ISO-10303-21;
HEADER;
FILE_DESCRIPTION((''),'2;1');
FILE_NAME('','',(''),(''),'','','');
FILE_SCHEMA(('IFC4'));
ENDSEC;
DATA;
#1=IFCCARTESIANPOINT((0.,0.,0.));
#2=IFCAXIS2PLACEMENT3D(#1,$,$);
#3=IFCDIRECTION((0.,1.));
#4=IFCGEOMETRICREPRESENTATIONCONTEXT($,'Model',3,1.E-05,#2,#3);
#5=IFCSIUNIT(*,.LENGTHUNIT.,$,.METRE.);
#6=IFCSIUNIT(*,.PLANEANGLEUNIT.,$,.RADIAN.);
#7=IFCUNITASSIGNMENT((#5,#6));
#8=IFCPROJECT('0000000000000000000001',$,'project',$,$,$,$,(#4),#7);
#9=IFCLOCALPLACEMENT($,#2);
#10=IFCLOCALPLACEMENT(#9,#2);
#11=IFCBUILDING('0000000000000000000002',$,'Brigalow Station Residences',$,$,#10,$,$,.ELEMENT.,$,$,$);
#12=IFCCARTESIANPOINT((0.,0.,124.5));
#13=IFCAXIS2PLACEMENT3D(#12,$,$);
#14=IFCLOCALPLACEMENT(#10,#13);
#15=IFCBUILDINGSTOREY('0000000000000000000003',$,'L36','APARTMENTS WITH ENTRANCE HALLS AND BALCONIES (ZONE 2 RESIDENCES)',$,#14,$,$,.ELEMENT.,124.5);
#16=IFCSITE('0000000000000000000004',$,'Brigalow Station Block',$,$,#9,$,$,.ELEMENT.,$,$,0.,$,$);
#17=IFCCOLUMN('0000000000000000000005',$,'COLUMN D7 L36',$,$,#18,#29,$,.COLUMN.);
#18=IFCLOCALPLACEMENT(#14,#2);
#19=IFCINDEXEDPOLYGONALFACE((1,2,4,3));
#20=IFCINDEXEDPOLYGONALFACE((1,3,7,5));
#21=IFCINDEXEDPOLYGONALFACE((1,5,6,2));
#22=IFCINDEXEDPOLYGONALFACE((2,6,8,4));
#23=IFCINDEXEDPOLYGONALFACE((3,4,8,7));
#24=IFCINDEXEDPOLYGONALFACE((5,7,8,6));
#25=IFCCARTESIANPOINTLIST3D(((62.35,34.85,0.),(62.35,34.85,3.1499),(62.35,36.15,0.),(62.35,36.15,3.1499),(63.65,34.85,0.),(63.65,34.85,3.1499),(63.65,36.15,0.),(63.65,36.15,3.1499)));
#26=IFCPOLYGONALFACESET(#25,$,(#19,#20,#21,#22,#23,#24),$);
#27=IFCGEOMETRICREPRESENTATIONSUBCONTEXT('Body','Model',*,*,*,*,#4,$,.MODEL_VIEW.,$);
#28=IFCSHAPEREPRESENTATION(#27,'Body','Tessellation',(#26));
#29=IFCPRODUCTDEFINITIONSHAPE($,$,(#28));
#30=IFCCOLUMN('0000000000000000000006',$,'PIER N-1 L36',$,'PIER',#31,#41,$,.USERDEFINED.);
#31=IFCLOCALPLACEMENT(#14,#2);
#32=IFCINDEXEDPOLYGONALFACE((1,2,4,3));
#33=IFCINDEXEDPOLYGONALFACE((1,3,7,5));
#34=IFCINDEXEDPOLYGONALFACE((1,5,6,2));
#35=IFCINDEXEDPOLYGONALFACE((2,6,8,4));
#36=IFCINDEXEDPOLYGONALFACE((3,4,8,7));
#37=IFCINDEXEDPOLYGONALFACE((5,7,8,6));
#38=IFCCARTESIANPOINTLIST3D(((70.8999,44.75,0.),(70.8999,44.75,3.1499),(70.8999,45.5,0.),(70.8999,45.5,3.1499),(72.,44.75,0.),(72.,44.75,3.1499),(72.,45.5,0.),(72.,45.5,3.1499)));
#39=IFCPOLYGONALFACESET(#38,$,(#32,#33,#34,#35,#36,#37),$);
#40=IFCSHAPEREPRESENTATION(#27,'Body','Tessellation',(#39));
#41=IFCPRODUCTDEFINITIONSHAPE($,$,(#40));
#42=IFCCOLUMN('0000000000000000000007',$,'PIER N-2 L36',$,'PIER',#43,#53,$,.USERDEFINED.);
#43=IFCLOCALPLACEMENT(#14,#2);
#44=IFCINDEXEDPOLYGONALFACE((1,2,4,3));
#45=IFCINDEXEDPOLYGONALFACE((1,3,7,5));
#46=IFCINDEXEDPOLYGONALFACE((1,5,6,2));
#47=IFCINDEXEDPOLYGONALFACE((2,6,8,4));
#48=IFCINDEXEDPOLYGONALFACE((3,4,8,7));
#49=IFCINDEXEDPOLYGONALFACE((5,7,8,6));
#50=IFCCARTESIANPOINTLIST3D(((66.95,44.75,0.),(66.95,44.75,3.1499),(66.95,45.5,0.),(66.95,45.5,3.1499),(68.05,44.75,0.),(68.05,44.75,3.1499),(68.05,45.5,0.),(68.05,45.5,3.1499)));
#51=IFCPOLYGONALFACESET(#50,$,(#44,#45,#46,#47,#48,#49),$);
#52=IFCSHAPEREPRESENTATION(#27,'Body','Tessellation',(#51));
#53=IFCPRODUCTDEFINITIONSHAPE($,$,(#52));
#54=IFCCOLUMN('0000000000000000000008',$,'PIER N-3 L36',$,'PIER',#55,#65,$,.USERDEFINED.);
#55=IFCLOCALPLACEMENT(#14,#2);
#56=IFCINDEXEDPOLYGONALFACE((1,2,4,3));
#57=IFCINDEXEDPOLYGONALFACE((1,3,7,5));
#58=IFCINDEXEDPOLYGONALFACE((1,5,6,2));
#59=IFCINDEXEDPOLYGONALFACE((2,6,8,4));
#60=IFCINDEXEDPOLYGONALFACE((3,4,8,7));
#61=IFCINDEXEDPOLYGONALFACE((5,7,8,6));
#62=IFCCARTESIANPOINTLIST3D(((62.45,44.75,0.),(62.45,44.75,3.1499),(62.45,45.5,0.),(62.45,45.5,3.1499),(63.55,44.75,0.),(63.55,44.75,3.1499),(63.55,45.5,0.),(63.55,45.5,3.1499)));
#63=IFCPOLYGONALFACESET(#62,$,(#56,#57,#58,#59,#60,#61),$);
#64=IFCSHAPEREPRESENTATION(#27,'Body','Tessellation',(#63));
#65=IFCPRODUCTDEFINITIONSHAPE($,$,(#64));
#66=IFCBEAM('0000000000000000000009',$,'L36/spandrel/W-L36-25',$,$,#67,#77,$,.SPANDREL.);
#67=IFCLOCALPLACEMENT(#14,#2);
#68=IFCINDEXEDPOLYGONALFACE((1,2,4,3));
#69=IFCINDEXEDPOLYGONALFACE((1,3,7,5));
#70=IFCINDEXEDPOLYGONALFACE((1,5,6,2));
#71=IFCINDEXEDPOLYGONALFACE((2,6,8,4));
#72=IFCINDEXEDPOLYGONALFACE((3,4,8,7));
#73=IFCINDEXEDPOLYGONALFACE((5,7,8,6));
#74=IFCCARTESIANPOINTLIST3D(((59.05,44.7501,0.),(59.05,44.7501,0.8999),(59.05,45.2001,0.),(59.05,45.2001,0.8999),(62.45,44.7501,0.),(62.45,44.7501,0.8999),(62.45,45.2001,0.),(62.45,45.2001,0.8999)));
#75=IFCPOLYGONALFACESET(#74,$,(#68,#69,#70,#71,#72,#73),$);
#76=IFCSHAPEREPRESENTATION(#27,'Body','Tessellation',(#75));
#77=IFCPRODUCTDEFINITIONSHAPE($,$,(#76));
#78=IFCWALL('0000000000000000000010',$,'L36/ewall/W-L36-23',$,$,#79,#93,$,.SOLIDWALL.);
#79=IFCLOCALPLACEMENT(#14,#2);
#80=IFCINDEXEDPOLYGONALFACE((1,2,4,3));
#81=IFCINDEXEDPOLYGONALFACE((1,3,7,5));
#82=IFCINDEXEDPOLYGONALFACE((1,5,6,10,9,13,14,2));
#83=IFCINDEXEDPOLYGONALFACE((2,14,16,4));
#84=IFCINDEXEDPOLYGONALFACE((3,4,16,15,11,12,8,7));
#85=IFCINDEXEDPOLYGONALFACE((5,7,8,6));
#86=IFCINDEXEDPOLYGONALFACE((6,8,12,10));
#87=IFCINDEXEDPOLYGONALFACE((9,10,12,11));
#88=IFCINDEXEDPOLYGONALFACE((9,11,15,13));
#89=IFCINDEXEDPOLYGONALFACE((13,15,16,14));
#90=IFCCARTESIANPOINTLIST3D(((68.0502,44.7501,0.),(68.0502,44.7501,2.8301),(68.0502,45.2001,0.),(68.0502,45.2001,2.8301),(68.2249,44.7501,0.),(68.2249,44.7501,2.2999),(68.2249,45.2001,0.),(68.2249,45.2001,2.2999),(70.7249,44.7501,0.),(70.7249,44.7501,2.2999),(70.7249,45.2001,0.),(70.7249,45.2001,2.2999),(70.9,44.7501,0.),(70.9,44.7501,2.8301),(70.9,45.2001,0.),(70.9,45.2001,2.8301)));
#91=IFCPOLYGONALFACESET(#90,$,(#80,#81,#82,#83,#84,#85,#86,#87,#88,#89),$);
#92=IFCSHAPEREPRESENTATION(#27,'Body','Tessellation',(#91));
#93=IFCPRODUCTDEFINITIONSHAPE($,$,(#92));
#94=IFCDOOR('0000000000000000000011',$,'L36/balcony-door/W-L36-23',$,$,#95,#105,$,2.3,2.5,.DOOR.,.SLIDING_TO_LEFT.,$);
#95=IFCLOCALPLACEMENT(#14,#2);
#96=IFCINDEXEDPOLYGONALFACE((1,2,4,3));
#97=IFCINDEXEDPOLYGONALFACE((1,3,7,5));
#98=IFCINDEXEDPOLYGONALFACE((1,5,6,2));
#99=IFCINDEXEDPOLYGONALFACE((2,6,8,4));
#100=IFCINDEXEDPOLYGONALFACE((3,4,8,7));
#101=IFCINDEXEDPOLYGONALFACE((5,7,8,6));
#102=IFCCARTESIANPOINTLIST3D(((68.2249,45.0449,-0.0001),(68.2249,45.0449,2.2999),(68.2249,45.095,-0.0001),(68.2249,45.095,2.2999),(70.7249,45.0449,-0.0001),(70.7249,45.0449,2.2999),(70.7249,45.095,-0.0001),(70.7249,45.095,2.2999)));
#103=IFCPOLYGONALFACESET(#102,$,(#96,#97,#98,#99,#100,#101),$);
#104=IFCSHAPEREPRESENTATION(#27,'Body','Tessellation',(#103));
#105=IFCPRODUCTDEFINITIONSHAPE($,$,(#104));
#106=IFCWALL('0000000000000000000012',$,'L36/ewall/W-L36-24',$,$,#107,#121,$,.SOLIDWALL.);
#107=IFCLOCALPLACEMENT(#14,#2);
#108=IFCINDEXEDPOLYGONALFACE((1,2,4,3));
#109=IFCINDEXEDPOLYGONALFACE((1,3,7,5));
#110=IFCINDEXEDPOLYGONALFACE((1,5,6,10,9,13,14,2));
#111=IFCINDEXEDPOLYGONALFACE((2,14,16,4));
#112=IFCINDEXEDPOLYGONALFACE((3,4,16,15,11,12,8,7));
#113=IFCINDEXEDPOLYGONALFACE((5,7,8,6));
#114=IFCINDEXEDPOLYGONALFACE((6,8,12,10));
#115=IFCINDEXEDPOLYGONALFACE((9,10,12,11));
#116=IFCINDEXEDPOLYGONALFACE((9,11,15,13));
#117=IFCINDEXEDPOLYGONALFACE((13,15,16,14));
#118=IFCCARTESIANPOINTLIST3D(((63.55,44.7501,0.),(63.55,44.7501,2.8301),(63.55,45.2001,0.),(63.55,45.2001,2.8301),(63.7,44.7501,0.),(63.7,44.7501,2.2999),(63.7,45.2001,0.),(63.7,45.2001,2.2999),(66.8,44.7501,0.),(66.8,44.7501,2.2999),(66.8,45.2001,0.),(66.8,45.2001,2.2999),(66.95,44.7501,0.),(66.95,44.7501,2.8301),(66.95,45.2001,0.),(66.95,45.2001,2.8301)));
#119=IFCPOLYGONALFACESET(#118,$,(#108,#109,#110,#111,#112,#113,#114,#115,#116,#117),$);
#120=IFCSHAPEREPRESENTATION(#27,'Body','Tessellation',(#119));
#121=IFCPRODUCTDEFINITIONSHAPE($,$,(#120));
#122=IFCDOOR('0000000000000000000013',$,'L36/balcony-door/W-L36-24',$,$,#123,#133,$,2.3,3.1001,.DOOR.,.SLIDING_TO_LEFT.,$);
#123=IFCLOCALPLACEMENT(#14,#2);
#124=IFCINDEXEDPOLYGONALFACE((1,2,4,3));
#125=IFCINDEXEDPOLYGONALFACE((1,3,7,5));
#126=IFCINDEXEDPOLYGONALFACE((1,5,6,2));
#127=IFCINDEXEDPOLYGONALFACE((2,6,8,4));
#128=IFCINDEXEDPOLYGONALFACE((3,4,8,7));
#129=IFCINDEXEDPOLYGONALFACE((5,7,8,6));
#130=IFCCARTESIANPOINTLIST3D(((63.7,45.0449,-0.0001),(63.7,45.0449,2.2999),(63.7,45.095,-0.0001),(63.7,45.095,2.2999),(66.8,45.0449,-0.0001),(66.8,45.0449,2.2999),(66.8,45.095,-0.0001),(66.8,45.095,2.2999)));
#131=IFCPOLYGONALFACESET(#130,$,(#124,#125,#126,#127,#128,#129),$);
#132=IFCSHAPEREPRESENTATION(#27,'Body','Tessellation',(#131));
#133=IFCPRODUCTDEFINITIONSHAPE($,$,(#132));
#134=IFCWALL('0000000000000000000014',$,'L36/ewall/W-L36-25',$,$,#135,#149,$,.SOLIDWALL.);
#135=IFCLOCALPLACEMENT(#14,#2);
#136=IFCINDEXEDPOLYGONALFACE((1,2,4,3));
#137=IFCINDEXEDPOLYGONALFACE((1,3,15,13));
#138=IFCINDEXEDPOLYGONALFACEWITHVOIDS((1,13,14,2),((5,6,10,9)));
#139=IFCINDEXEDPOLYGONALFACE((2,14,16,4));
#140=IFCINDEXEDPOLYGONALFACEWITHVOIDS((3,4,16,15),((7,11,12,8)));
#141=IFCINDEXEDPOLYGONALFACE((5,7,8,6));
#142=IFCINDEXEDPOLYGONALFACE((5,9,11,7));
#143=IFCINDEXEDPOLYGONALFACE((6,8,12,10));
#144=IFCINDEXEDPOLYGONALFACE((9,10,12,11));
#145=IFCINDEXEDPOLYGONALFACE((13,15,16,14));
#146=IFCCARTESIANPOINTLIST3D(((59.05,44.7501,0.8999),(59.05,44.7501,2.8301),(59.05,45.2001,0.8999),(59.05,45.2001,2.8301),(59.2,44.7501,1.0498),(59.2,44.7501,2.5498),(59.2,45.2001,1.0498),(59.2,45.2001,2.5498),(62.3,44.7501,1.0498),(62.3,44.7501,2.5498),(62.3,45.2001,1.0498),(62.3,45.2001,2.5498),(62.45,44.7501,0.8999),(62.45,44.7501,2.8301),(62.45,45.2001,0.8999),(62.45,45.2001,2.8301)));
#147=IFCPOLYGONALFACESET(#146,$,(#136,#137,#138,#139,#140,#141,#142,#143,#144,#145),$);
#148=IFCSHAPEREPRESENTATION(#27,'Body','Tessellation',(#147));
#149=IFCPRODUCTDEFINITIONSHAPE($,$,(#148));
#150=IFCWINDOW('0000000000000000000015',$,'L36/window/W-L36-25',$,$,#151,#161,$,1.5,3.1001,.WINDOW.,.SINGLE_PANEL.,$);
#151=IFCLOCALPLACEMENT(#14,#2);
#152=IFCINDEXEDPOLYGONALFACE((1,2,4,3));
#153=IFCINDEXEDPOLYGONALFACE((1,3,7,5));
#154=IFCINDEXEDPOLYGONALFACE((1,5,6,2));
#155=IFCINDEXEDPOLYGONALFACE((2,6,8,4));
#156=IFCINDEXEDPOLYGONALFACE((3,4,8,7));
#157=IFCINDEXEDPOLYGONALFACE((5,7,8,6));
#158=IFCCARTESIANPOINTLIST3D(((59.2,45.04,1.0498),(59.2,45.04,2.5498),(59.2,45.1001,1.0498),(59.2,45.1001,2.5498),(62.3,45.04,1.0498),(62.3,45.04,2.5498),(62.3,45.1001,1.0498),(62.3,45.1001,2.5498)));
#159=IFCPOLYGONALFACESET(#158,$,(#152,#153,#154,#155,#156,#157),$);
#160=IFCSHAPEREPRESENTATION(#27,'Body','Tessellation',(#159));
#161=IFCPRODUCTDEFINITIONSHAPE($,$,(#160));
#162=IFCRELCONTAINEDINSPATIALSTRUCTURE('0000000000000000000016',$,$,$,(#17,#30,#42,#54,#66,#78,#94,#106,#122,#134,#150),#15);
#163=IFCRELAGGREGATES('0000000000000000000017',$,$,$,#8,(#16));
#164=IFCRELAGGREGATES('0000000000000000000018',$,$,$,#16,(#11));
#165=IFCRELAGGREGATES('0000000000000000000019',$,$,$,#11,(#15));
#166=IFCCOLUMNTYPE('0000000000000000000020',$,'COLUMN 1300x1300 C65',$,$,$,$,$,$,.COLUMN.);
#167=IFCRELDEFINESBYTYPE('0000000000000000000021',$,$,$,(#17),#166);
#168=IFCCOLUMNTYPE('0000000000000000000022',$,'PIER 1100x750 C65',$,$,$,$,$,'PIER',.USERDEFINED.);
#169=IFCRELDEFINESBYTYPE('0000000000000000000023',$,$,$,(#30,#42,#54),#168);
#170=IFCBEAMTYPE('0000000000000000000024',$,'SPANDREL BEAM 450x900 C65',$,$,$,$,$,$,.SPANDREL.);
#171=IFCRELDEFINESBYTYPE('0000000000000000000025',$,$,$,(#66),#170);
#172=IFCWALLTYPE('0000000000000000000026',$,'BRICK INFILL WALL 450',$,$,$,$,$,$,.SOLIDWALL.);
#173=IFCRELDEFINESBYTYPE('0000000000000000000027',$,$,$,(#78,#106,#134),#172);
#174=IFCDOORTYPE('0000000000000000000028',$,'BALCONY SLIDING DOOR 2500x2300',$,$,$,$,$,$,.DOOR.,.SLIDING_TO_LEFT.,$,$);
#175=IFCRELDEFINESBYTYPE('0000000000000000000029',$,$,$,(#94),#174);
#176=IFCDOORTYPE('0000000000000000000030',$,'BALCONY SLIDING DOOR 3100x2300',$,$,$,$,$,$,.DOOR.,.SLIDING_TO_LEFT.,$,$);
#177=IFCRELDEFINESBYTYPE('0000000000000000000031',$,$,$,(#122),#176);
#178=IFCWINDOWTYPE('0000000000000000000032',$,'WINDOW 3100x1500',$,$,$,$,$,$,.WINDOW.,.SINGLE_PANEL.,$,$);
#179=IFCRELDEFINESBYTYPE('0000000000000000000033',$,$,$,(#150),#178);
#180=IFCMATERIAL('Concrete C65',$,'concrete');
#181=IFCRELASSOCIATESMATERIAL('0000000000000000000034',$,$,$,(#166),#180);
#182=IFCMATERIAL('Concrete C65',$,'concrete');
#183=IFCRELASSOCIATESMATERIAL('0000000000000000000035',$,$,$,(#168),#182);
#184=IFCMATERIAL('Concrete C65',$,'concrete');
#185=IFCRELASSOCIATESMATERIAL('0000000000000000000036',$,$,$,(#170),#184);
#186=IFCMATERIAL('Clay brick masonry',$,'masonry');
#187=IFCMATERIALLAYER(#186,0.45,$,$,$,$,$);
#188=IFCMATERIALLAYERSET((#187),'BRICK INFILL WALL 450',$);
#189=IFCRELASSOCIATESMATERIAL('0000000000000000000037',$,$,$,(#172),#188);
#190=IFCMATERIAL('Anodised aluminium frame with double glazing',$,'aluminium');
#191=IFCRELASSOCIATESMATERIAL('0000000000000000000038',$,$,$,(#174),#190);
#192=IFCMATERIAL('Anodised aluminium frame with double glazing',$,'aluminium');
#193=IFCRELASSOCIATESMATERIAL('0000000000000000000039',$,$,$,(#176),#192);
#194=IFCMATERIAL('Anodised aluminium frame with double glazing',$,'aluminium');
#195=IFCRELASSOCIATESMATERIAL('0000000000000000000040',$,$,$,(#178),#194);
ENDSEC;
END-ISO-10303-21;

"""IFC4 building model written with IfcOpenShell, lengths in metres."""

from ifc_helpers import new_model, si_unit, direction, frame, frame_2d, origin, origin_2d, place, context, subcontext, project, spatial, rectangle, extrude, material, layer, layer_set, material_profile, profile_set, type_object, element, fill, save


model = new_model("IFC4")

# Units and contexts
model_context = context("Model", 3, precision=1e-05, world=origin(), true_north=direction((0.0, 1.0)))
body_context = subcontext(model_context, "Body", "Model", "MODEL_VIEW")
ifc_project = project(units=[si_unit("LENGTHUNIT", "METRE"), si_unit("PLANEANGLEUNIT", "RADIAN")], contexts=[model_context])

# Site, building, storey
site_placement = place(None, origin())
site = spatial("IfcSite", under=ifc_project, at=site_placement, Name="Brigalow Station Block", CompositionType="ELEMENT", RefElevation=0.0)
building_placement = place(site_placement, origin())
building = spatial("IfcBuilding", under=site, at=building_placement, Name="Brigalow Station Residences", CompositionType="ELEMENT")
storey_placement = place(building_placement, frame((0.0, 0.0, 124.5)))
storey = spatial("IfcBuildingStorey", under=building, at=storey_placement, Name="L36", Description="APARTMENTS WITH ENTRANCE HALLS AND BALCONIES (ZONE 2 RESIDENCES)", CompositionType="ELEMENT", Elevation=124.5)

# Columns
ifc_material_1 = material(Name="Concrete C65", Category="concrete")
ifc_material_profile_1 = material_profile(ifc_material_1, rectangle(XDim=1.3, YDim=1.3, at=origin_2d()), Name="RC1300x1300")
ifc_profile_set_1 = profile_set([ifc_material_profile_1], Name="Concrete C65")
column_type_1 = type_object("IfcColumnType", Name="COLUMN 1300x1300 C65", PredefinedType="COLUMN", material=ifc_profile_set_1)
column_placement = place(storey_placement, frame((63.0, 35.5, 0.0), z_axis=(0.0, 0.0, 1.0), x_axis=(1.0, 0.0, 0.0)))
element("IfcColumn", 1, at=column_placement, inside=storey, type_object=column_type_1, Name="COLUMN D7 L36", PredefinedType="COLUMN", context=body_context, shape_type="SweptSolid", body=[
    extrude(rectangle(XDim=1.3, YDim=1.3, at=origin_2d()), origin(), (0.0, 0.0, 1.0), 3.1499),
])
ifc_material_2 = material(Name="Concrete C65", Category="concrete")
ifc_material_profile_2 = material_profile(ifc_material_2, rectangle(XDim=1.1001, YDim=0.75, at=origin_2d()), Name="RC1100x750")
ifc_profile_set_2 = profile_set([ifc_material_profile_2], Name="Concrete C65")
column_type_2 = type_object("IfcColumnType", Name="PIER 1100x750 C65", ElementType="PIER", PredefinedType="USERDEFINED", material=ifc_profile_set_2)
for number, where, z_axis, x_axis, name in (
    (2, (71.45, 45.125, 0.0), (0.0, 0.0, 1.0), (-1.0, 0.0, 0.0), "PIER N-1 L36"),
    (3, (67.5, 45.125, 0.0), (0.0, 0.0, 1.0), (-1.0, 0.0, 0.0), "PIER N-2 L36"),
    (4, (63.0, 45.125, 0.0), (0.0, 0.0, 1.0), (-1.0, 0.0, 0.0), "PIER N-3 L36"),
):
    element("IfcColumn", number, at=place(storey_placement, frame(where, z_axis=z_axis, x_axis=x_axis)), inside=storey, type_object=column_type_2, Name=name, ObjectType="PIER", PredefinedType="USERDEFINED", context=body_context, shape_type="SweptSolid", body=[
        extrude(rectangle(XDim=1.1001, YDim=0.75, at=origin_2d()), origin(), (0.0, 0.0, 1.0), 3.1499),
    ])

# Beam
ifc_material_3 = material(Name="Concrete C65", Category="concrete")
ifc_material_profile_3 = material_profile(ifc_material_3, rectangle(XDim=0.45, YDim=0.8999, at=origin_2d()), Name="RC450x900")
ifc_profile_set_3 = profile_set([ifc_material_profile_3], Name="Concrete C65")
beam_type = type_object("IfcBeamType", Name="SPANDREL BEAM 450x900 C65", PredefinedType="SPANDREL", material=ifc_profile_set_3)
beam_placement = place(storey_placement, frame((62.45, 44.9751, 0.45), z_axis=(-1.0, 0.0, 0.0), x_axis=(0.0, -1.0, 0.0)))
element("IfcBeam", 5, at=beam_placement, inside=storey, type_object=beam_type, Name="L36/spandrel/W-L36-25", PredefinedType="SPANDREL", context=body_context, shape_type="SweptSolid", body=[
    extrude(rectangle(XDim=0.45, YDim=0.8999, at=origin_2d()), origin(), (0.0, 0.0, 1.0), 3.3999),
])

# Walls, openings, doors
ifc_material_4 = material(Name="Clay brick masonry", Category="masonry")
ifc_layer_1 = layer(ifc_material_4, 0.45)
ifc_layer_set_1 = layer_set([ifc_layer_1], Name="BRICK INFILL WALL 450")
wall_type_1 = type_object("IfcWallType", Name="BRICK INFILL WALL 450", PredefinedType="SOLIDWALL", material=ifc_layer_set_1)
wall_1_placement = place(storey_placement, frame((70.8999, 44.9751, 0.0), z_axis=(0.0, 0.0, 1.0), x_axis=(-1.0, 0.0, 0.0)))
wall_1 = element("IfcWall", 6, at=wall_1_placement, inside=storey, type_object=wall_type_1, Name="L36/ewall/W-L36-23", PredefinedType="SOLIDWALL", context=body_context, shape_type="SweptSolid", body=[
    extrude(rectangle(XDim=2.8499, YDim=0.45, at=frame_2d((1.4248, 0.0))), origin(), (0.0, 0.0, 1.0), 2.8301),
])
opening_1_placement = place(wall_1_placement, frame((0.175, 0.0, 0.0)))
opening_1 = element("IfcOpeningElement", 7, at=opening_1_placement, cuts=wall_1, PredefinedType="OPENING", context=body_context, shape_type="SweptSolid", body=[
    extrude(rectangle(XDim=2.5, YDim=2.3, at=frame_2d((1.25, 1.1499))), frame((0.0, 0.2349, 0.0), z_axis=(0.0, -1.0, 0.0), x_axis=(1.0, 0.0, 0.0)), (0.0, 0.0, 1.0), 0.47),
])
ifc_material_5 = material(Name="Anodised aluminium frame with double glazing", Category="aluminium")
door_type_1 = type_object("IfcDoorType", Name="BALCONY SLIDING DOOR 2500x2300", OperationType="SLIDING_TO_LEFT", PredefinedType="DOOR", material=ifc_material_5)
door_1_placement = place(opening_1_placement, origin())
door_1 = element("IfcDoor", 8, at=door_1_placement, inside=storey, type_object=door_type_1, Name="L36/balcony-door/W-L36-23", OperationType="SLIDING_TO_LEFT", OverallHeight=2.3, OverallWidth=2.5, PredefinedType="DOOR", context=body_context, shape_type="SweptSolid", body=[
    extrude(rectangle(XDim=2.5, YDim=2.3, at=frame_2d((1.25, 1.1499))), frame((0.0, -0.0698, 0.0), z_axis=(0.0, -1.0, 0.0), x_axis=(1.0, 0.0, 0.0)), (0.0, 0.0, 1.0), 0.05),
])
fill(opening_1, door_1)
wall_2_placement = place(storey_placement, frame((66.95, 44.9751, 0.0), z_axis=(0.0, 0.0, 1.0), x_axis=(-1.0, 0.0, 0.0)))
wall_2 = element("IfcWall", 9, at=wall_2_placement, inside=storey, type_object=wall_type_1, Name="L36/ewall/W-L36-24", PredefinedType="SOLIDWALL", context=body_context, shape_type="SweptSolid", body=[
    extrude(rectangle(XDim=3.3999, YDim=0.45, at=frame_2d((1.7, 0.0))), origin(), (0.0, 0.0, 1.0), 2.8301),
])
opening_2_placement = place(wall_2_placement, frame((0.1499, 0.0, 0.0)))
opening_2 = element("IfcOpeningElement", 10, at=opening_2_placement, cuts=wall_2, PredefinedType="OPENING", context=body_context, shape_type="SweptSolid", body=[
    extrude(rectangle(XDim=3.1001, YDim=2.3, at=frame_2d((1.55, 1.1499))), frame((0.0, 0.2349, 0.0), z_axis=(0.0, -1.0, 0.0), x_axis=(1.0, 0.0, 0.0)), (0.0, 0.0, 1.0), 0.47),
])
ifc_material_6 = material(Name="Anodised aluminium frame with double glazing", Category="aluminium")
door_type_2 = type_object("IfcDoorType", Name="BALCONY SLIDING DOOR 3100x2300", OperationType="SLIDING_TO_LEFT", PredefinedType="DOOR", material=ifc_material_6)
door_2_placement = place(opening_2_placement, origin())
door_2 = element("IfcDoor", 11, at=door_2_placement, inside=storey, type_object=door_type_2, Name="L36/balcony-door/W-L36-24", OperationType="SLIDING_TO_LEFT", OverallHeight=2.3, OverallWidth=3.1001, PredefinedType="DOOR", context=body_context, shape_type="SweptSolid", body=[
    extrude(rectangle(XDim=3.1001, YDim=2.3, at=frame_2d((1.55, 1.1499))), frame((0.0, -0.0698, 0.0), z_axis=(0.0, -1.0, 0.0), x_axis=(1.0, 0.0, 0.0)), (0.0, 0.0, 1.0), 0.05),
])
fill(opening_2, door_2)

# Wall, opening, window
wall_3_placement = place(storey_placement, frame((62.45, 44.9751, 0.8999), z_axis=(0.0, 0.0, 1.0), x_axis=(-1.0, 0.0, 0.0)))
wall_3 = element("IfcWall", 12, at=wall_3_placement, inside=storey, type_object=wall_type_1, Name="L36/ewall/W-L36-25", PredefinedType="SOLIDWALL", context=body_context, shape_type="SweptSolid", body=[
    extrude(rectangle(XDim=3.3999, YDim=0.45, at=frame_2d((1.7, 0.0))), origin(), (0.0, 0.0, 1.0), 1.9302),
])
opening_3_placement = place(wall_3_placement, frame((0.1499, 0.0, 0.1499)))
opening_3 = element("IfcOpeningElement", 13, at=opening_3_placement, cuts=wall_3, PredefinedType="OPENING", context=body_context, shape_type="SweptSolid", body=[
    extrude(rectangle(XDim=3.1001, YDim=1.5, at=frame_2d((1.55, 0.75))), frame((0.0, 0.2349, 0.0), z_axis=(0.0, -1.0, 0.0), x_axis=(1.0, 0.0, 0.0)), (0.0, 0.0, 1.0), 0.47),
])
ifc_material_7 = material(Name="Anodised aluminium frame with double glazing", Category="aluminium")
window_type = type_object("IfcWindowType", Name="WINDOW 3100x1500", PartitioningType="SINGLE_PANEL", PredefinedType="WINDOW", material=ifc_material_7)
window_placement = place(opening_3_placement, origin())
window = element("IfcWindow", 14, at=window_placement, inside=storey, type_object=window_type, Name="L36/window/W-L36-25", OverallHeight=1.5, OverallWidth=3.1001, PartitioningType="SINGLE_PANEL", PredefinedType="WINDOW", context=body_context, shape_type="SweptSolid", body=[
    extrude(rectangle(XDim=3.1001, YDim=1.5, at=frame_2d((1.55, 0.75))), frame((0.0, -0.0649, 0.0), z_axis=(0.0, -1.0, 0.0), x_axis=(1.0, 0.0, 0.0)), (0.0, 0.0, 1.0), 0.0601),
])
fill(opening_3, window)

save(model, "model.ifc")
